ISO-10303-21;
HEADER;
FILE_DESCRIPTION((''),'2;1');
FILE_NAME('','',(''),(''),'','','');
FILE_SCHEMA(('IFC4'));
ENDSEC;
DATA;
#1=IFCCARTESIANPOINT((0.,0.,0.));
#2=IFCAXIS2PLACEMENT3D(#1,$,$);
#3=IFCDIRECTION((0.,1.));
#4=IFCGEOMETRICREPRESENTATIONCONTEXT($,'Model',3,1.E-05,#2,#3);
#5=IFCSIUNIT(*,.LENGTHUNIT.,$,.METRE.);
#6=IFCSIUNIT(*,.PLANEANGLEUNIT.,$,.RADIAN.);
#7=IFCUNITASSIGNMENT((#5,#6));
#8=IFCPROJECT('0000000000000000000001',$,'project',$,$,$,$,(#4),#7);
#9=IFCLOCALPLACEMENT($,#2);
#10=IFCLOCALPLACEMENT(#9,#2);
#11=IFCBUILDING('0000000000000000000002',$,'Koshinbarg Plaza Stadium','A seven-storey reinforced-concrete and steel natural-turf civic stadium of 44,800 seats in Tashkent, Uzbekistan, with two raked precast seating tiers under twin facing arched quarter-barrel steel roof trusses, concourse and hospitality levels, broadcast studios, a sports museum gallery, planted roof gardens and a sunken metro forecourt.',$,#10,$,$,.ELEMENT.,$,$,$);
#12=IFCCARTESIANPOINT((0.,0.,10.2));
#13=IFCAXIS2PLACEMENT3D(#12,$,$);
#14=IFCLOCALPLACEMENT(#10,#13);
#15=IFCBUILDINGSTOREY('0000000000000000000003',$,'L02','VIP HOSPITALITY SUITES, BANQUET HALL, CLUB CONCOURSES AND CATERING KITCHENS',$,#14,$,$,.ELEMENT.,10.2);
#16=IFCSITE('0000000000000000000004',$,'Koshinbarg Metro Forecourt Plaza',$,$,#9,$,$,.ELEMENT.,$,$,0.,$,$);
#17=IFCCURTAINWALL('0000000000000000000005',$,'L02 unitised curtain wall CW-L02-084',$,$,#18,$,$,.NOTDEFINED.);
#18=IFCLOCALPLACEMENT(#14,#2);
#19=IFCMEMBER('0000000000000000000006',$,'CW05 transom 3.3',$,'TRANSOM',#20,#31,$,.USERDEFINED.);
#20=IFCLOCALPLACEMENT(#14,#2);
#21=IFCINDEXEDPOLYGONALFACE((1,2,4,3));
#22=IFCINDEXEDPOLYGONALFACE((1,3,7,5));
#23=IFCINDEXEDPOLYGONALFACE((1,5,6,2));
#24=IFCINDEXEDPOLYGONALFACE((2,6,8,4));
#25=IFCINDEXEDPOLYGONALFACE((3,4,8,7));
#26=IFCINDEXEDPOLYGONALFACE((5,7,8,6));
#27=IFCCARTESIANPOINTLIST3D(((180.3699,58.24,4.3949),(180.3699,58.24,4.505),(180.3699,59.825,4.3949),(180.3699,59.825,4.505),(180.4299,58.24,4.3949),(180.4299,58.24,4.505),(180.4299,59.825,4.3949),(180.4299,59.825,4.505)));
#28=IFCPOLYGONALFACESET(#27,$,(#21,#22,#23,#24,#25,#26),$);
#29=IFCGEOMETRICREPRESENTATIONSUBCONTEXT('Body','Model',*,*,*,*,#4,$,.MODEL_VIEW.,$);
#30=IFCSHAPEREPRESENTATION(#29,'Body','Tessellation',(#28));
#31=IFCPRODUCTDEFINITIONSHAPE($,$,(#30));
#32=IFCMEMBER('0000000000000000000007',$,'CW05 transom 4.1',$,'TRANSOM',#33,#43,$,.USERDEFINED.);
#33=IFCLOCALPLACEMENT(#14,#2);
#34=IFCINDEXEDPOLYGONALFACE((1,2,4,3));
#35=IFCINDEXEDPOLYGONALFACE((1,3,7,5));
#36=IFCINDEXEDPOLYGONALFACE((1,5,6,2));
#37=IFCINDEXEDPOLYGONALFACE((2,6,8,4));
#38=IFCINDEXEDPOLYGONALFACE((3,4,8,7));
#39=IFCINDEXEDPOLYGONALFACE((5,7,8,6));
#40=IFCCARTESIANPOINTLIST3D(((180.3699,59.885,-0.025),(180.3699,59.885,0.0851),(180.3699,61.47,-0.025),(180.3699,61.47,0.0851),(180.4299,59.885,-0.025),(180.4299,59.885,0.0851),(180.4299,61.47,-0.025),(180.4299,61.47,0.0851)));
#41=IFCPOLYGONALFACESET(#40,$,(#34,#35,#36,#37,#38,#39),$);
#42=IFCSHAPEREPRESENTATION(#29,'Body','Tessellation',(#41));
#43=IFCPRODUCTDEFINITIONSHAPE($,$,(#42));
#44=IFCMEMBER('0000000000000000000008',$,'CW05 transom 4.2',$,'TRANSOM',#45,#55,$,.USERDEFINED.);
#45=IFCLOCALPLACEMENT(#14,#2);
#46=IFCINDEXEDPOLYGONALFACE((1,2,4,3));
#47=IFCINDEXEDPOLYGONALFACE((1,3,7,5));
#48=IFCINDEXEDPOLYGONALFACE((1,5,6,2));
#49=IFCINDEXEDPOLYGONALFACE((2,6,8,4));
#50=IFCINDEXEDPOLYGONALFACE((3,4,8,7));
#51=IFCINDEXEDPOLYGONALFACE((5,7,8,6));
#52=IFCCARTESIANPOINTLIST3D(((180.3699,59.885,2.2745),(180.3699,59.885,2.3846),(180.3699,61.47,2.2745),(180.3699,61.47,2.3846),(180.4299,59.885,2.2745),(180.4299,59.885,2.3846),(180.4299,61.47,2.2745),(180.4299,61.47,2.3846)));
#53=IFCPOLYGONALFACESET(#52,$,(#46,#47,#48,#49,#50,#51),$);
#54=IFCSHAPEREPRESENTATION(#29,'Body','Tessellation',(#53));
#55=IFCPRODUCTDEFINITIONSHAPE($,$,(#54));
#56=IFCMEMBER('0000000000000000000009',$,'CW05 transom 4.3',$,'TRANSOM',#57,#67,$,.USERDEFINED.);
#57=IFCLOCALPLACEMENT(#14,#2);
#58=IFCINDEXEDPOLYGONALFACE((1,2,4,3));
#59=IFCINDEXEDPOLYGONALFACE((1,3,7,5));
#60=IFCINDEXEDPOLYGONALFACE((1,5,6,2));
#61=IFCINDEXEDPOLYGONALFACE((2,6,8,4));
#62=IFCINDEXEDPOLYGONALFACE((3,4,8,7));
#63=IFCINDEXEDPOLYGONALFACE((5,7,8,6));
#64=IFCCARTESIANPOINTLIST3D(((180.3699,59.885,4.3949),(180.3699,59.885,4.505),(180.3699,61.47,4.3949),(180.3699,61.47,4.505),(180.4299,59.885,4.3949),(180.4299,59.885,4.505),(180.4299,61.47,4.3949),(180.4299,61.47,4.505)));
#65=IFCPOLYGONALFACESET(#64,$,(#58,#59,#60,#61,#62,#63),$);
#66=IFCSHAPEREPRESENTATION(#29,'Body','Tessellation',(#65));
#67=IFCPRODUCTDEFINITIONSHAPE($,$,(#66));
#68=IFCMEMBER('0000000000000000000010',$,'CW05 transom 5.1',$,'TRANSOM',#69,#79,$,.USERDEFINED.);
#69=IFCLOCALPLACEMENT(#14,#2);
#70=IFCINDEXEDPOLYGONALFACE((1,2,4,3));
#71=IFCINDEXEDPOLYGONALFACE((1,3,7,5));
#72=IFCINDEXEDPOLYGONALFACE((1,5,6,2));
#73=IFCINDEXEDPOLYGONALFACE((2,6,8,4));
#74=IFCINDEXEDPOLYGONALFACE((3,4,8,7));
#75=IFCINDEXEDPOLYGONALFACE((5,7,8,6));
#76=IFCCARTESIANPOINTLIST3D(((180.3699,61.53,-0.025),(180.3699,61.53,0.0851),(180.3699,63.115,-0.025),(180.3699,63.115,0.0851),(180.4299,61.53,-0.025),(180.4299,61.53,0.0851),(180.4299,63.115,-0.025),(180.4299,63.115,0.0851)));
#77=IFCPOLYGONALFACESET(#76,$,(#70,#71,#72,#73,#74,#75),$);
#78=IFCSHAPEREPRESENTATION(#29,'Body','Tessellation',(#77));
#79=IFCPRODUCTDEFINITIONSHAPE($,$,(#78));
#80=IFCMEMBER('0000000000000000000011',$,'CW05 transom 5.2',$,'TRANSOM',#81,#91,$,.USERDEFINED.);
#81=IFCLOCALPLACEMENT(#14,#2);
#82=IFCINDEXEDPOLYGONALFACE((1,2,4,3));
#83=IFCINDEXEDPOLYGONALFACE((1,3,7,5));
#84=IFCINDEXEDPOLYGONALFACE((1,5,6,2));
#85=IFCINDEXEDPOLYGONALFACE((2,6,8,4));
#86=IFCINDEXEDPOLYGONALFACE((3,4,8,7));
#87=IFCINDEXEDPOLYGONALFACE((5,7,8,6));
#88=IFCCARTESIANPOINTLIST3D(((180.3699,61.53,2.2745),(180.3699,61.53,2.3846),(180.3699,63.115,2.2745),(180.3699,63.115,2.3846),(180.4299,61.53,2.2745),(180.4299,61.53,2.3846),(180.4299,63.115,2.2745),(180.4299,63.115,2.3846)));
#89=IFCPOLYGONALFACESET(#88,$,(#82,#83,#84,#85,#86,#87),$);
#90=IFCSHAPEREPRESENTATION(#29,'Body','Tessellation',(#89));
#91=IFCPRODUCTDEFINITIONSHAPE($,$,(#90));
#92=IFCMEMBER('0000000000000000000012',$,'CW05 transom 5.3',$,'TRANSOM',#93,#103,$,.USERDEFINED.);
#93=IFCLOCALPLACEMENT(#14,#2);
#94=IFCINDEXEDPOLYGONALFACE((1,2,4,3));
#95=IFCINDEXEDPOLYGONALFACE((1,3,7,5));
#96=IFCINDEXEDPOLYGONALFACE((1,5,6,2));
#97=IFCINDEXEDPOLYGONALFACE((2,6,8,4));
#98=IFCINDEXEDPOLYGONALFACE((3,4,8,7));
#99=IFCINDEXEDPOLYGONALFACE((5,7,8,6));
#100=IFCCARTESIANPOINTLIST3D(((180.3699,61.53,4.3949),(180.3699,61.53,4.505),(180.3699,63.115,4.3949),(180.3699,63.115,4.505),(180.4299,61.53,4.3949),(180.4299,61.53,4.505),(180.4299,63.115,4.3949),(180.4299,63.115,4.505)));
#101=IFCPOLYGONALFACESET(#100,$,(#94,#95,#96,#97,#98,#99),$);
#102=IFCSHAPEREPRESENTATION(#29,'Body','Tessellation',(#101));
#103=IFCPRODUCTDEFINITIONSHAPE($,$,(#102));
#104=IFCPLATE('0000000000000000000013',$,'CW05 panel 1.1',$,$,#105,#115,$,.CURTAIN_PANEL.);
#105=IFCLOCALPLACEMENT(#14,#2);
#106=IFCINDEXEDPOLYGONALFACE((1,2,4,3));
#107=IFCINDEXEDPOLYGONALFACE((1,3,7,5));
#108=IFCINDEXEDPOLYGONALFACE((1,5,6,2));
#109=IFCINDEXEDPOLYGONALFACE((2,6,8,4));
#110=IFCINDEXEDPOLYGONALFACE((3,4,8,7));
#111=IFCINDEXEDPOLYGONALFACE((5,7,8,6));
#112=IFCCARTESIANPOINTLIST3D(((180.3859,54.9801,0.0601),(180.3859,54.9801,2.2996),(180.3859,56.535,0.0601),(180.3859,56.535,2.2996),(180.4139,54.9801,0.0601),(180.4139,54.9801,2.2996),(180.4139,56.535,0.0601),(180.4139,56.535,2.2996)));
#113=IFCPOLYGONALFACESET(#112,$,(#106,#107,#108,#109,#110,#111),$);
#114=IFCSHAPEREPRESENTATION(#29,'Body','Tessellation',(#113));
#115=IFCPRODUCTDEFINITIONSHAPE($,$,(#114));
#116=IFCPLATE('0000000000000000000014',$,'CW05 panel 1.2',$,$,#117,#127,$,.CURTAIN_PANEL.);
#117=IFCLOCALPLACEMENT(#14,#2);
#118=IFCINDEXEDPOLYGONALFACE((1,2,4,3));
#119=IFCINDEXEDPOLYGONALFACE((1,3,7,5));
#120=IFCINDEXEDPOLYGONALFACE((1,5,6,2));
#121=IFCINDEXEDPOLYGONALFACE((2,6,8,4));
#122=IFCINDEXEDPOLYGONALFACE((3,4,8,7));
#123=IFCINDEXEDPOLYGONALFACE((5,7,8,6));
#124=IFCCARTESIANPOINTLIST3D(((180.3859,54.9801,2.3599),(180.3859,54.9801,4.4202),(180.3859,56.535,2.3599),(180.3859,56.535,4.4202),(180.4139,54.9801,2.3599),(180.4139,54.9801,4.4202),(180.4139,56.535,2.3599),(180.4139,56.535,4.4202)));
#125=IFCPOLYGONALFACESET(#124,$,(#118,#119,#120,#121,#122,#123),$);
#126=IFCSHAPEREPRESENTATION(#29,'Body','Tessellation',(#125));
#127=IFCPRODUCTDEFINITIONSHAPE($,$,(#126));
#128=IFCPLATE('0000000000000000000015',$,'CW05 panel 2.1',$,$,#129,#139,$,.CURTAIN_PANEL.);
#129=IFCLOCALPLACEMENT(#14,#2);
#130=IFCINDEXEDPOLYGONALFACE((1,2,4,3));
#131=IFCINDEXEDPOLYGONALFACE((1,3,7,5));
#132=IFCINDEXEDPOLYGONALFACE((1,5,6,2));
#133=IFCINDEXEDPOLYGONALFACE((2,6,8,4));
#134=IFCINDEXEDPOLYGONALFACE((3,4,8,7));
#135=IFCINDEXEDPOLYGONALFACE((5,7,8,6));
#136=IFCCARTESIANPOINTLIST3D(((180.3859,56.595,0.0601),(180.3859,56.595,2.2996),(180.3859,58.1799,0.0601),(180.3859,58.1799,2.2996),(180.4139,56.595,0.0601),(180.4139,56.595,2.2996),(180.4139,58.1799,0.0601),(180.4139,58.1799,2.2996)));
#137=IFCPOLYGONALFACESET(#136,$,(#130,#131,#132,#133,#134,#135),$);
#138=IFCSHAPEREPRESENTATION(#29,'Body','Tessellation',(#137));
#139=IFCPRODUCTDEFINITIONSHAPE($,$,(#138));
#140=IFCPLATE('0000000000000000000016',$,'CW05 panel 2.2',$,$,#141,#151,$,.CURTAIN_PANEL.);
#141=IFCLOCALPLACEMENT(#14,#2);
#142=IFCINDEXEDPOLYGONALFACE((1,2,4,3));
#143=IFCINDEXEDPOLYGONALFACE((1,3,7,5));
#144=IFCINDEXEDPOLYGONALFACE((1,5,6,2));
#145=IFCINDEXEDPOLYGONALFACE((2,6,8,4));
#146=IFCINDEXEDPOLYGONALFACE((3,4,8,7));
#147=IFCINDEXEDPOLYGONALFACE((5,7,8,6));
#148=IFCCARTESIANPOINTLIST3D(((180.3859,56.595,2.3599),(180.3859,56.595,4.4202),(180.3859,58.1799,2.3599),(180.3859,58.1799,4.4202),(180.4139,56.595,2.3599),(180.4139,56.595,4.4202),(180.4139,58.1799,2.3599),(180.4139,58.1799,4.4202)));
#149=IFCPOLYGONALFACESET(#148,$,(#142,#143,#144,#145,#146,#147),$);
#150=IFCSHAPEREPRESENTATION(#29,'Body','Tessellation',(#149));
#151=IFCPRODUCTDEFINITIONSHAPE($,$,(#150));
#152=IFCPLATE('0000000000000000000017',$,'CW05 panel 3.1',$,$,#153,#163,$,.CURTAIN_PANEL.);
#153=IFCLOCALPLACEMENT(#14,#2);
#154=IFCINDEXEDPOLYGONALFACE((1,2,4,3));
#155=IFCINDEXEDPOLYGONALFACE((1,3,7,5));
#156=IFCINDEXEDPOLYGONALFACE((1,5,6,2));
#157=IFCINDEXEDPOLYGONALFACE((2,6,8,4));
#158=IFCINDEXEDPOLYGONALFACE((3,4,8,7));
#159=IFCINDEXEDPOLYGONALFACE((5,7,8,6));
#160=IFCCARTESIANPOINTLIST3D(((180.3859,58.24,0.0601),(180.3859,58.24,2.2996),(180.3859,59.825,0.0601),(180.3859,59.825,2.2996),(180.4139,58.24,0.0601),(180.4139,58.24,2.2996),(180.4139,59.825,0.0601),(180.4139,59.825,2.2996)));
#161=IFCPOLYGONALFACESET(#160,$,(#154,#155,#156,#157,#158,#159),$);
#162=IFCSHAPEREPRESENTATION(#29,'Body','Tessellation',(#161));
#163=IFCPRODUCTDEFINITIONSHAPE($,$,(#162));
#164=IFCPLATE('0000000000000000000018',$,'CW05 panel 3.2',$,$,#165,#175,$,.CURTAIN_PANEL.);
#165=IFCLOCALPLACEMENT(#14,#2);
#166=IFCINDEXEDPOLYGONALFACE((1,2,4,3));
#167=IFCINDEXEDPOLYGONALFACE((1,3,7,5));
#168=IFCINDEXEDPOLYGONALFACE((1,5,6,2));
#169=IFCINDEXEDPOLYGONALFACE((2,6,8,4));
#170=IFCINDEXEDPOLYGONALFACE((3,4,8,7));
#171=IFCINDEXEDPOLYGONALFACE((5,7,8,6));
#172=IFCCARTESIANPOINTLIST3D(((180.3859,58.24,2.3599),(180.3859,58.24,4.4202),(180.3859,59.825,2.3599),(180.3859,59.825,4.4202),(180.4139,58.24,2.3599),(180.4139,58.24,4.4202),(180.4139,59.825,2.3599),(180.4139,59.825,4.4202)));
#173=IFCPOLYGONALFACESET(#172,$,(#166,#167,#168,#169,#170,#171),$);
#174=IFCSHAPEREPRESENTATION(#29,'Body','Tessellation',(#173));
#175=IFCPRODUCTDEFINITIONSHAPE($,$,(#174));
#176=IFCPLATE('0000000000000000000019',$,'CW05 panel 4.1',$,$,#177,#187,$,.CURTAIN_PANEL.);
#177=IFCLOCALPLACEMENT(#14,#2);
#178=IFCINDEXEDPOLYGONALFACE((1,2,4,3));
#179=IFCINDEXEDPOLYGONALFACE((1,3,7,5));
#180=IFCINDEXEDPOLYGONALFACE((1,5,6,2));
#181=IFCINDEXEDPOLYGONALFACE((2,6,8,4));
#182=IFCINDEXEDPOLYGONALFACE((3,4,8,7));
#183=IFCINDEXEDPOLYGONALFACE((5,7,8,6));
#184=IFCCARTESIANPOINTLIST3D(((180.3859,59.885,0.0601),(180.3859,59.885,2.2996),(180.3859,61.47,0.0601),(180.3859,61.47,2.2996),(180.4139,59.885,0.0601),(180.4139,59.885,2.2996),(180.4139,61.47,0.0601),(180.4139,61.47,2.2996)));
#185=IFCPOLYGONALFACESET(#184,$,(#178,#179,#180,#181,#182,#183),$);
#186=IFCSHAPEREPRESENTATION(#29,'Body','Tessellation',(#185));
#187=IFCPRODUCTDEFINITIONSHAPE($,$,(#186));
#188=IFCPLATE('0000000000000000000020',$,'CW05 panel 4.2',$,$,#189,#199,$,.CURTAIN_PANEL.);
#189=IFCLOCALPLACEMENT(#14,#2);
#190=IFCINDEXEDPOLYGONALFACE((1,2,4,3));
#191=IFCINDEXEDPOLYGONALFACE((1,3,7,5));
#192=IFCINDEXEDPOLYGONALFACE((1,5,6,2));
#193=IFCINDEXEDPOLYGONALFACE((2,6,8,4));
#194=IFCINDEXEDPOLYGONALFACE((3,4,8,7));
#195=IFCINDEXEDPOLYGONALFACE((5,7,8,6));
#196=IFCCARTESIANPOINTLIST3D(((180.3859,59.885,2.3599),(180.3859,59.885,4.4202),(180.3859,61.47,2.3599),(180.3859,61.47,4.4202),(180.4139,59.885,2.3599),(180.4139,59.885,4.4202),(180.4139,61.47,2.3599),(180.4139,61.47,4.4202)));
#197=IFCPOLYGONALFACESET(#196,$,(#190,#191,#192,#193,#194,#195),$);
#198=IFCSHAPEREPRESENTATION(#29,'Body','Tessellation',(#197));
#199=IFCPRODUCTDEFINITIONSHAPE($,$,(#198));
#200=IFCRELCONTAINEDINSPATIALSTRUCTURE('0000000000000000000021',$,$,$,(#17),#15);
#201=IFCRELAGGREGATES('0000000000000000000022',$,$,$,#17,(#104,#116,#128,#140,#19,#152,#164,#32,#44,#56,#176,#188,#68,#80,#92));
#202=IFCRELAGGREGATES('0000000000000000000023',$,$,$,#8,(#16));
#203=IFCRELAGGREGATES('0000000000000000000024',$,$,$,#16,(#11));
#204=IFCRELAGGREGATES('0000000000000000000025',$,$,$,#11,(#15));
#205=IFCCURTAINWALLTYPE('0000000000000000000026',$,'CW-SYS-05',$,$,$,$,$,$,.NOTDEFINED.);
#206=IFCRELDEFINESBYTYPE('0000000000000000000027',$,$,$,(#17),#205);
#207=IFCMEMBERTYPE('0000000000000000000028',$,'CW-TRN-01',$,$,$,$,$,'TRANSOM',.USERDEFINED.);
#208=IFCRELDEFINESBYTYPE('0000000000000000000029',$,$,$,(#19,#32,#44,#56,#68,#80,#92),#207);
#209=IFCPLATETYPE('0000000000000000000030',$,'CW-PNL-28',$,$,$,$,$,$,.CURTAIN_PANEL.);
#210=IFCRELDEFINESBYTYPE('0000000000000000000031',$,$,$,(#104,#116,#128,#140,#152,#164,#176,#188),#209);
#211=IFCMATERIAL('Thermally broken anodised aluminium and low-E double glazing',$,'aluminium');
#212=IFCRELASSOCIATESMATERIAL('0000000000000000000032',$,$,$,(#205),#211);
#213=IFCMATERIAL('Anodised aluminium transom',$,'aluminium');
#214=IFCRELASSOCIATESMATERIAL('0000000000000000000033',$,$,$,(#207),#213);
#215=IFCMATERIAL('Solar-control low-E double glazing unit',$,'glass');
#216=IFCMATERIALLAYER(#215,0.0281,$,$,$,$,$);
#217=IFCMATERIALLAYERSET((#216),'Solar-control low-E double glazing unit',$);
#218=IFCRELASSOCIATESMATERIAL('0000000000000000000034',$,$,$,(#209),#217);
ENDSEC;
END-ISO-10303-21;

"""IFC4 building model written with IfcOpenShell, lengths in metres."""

from ifc_helpers import new_model, si_unit, direction, frame, origin, origin_2d, place, context, subcontext, project, spatial, rectangle, extrude, material, layer, layer_set, material_profile, profile_set, type_object, element, aggregate, save


model = new_model("IFC4")

# Units and contexts
model_context = context("Model", 3, precision=1e-05, world=origin(), true_north=direction((0.0, 1.0)))
body_context = subcontext(model_context, "Body", "Model", "MODEL_VIEW")
ifc_project = project(units=[si_unit("LENGTHUNIT", "METRE"), si_unit("PLANEANGLEUNIT", "RADIAN")], contexts=[model_context])

# Site, building, storey
site_placement = place(None, origin())
site = spatial("IfcSite", under=ifc_project, at=site_placement, Name="Koshinbarg Metro Forecourt Plaza", CompositionType="ELEMENT", RefElevation=0.0)
building_placement = place(site_placement, origin())
building = spatial("IfcBuilding", under=site, at=building_placement, Name="Koshinbarg Plaza Stadium", Description="A seven-storey reinforced-concrete and steel natural-turf civic stadium of 44,800 seats in Tashkent, Uzbekistan, with two raked precast seating tiers under twin facing arched quarter-barrel steel roof trusses, concourse and hospitality levels, broadcast studios, a sports museum gallery, planted roof gardens and a sunken metro forecourt.", CompositionType="ELEMENT")
storey_placement = place(building_placement, frame((0.0, 0.0, 10.2)))
storey = spatial("IfcBuildingStorey", under=building, at=storey_placement, Name="L02", Description="VIP HOSPITALITY SUITES, BANQUET HALL, CLUB CONCOURSES AND CATERING KITCHENS", CompositionType="ELEMENT", Elevation=10.2)

# Curtain wall, members, plates
ifc_material_1 = material(Name="Thermally broken anodised aluminium and low-E double glazing", Category="aluminium")
curtain_wall_type = type_object("IfcCurtainWallType", Name="CW-SYS-05", PredefinedType="NOTDEFINED", material=ifc_material_1)
curtain_wall_placement = place(storey_placement, origin())
curtain_wall = element("IfcCurtainWall", 1, at=curtain_wall_placement, inside=storey, type_object=curtain_wall_type, Name="L02 unitised curtain wall CW-L02-084", PredefinedType="NOTDEFINED")
ifc_material_2 = material(Name="Anodised aluminium transom", Category="aluminium")
ifc_material_profile_1 = material_profile(ifc_material_2, rectangle(XDim=0.0601, YDim=0.1101, at=origin_2d()), Name="ALU 60x110")
ifc_profile_set_1 = profile_set([ifc_material_profile_1], Name="Anodised aluminium transom")
member_type_1 = type_object("IfcMemberType", Name="CW-TRN-01", ElementType="TRANSOM", PredefinedType="USERDEFINED", material=ifc_profile_set_1)
member_1_placement = place(storey_placement, frame((180.3999, 58.24, 4.45), z_axis=(0.0, 1.0, 0.0), x_axis=(-1.0, 0.0, 0.0)))
member_1 = element("IfcMember", 2, at=member_1_placement, type_object=member_type_1, Name="CW05 transom 3.3", ObjectType="TRANSOM", PredefinedType="USERDEFINED", context=body_context, shape_type="SweptSolid", body=[
    extrude(rectangle(XDim=0.0601, YDim=0.1101, at=origin_2d()), origin(), (0.0, 0.0, 1.0), 1.585),
])
member_2_placement = place(storey_placement, frame((180.3999, 59.885, 0.03), z_axis=(0.0, 1.0, 0.0), x_axis=(-1.0, 0.0, 0.0)))
member_2 = element("IfcMember", 3, at=member_2_placement, type_object=member_type_1, Name="CW05 transom 4.1", ObjectType="TRANSOM", PredefinedType="USERDEFINED", context=body_context, shape_type="SweptSolid", body=[
    extrude(rectangle(XDim=0.0601, YDim=0.1101, at=origin_2d()), origin(), (0.0, 0.0, 1.0), 1.585),
])
member_3_placement = place(storey_placement, frame((180.3999, 59.885, 2.3296), z_axis=(0.0, 1.0, 0.0), x_axis=(-1.0, 0.0, 0.0)))
member_3 = element("IfcMember", 4, at=member_3_placement, type_object=member_type_1, Name="CW05 transom 4.2", ObjectType="TRANSOM", PredefinedType="USERDEFINED", context=body_context, shape_type="SweptSolid", body=[
    extrude(rectangle(XDim=0.0601, YDim=0.1101, at=origin_2d()), origin(), (0.0, 0.0, 1.0), 1.585),
])
member_4_placement = place(storey_placement, frame((180.3999, 59.885, 4.45), z_axis=(0.0, 1.0, 0.0), x_axis=(-1.0, 0.0, 0.0)))
member_4 = element("IfcMember", 5, at=member_4_placement, type_object=member_type_1, Name="CW05 transom 4.3", ObjectType="TRANSOM", PredefinedType="USERDEFINED", context=body_context, shape_type="SweptSolid", body=[
    extrude(rectangle(XDim=0.0601, YDim=0.1101, at=origin_2d()), origin(), (0.0, 0.0, 1.0), 1.585),
])
member_5_placement = place(storey_placement, frame((180.3999, 61.53, 0.03), z_axis=(0.0, 1.0, 0.0), x_axis=(-1.0, 0.0, 0.0)))
member_5 = element("IfcMember", 6, at=member_5_placement, type_object=member_type_1, Name="CW05 transom 5.1", ObjectType="TRANSOM", PredefinedType="USERDEFINED", context=body_context, shape_type="SweptSolid", body=[
    extrude(rectangle(XDim=0.0601, YDim=0.1101, at=origin_2d()), origin(), (0.0, 0.0, 1.0), 1.585),
])
member_6_placement = place(storey_placement, frame((180.3999, 61.53, 2.3296), z_axis=(0.0, 1.0, 0.0), x_axis=(-1.0, 0.0, 0.0)))
member_6 = element("IfcMember", 7, at=member_6_placement, type_object=member_type_1, Name="CW05 transom 5.2", ObjectType="TRANSOM", PredefinedType="USERDEFINED", context=body_context, shape_type="SweptSolid", body=[
    extrude(rectangle(XDim=0.0601, YDim=0.1101, at=origin_2d()), origin(), (0.0, 0.0, 1.0), 1.585),
])
member_7_placement = place(storey_placement, frame((180.3999, 61.53, 4.45), z_axis=(0.0, 1.0, 0.0), x_axis=(-1.0, 0.0, 0.0)))
member_7 = element("IfcMember", 8, at=member_7_placement, type_object=member_type_1, Name="CW05 transom 5.3", ObjectType="TRANSOM", PredefinedType="USERDEFINED", context=body_context, shape_type="SweptSolid", body=[
    extrude(rectangle(XDim=0.0601, YDim=0.1101, at=origin_2d()), origin(), (0.0, 0.0, 1.0), 1.585),
])
ifc_material_3 = material(Name="Solar-control low-E double glazing unit", Category="glass")
ifc_layer_1 = layer(ifc_material_3, 0.0281)
ifc_layer_set_1 = layer_set([ifc_layer_1], Name="Solar-control low-E double glazing unit")
plate_type = type_object("IfcPlateType", Name="CW-PNL-28", PredefinedType="CURTAIN_PANEL", material=ifc_layer_set_1)
plate_1_placement = place(storey_placement, frame((180.3999, 55.7576, 0.0601), z_axis=(0.0, 0.0, 1.0), x_axis=(0.0, 1.0, 0.0)))
plate_1 = element("IfcPlate", 9, at=plate_1_placement, type_object=plate_type, Name="CW05 panel 1.1", PredefinedType="CURTAIN_PANEL", context=body_context, shape_type="SweptSolid", body=[
    extrude(rectangle(XDim=1.5549, YDim=0.0281, at=origin_2d()), origin(), (0.0, 0.0, 1.0), 2.2395),
])
plate_2_placement = place(storey_placement, frame((180.3999, 55.7576, 2.3599), z_axis=(0.0, 0.0, 1.0), x_axis=(0.0, 1.0, 0.0)))
plate_2 = element("IfcPlate", 10, at=plate_2_placement, type_object=plate_type, Name="CW05 panel 1.2", PredefinedType="CURTAIN_PANEL", context=body_context, shape_type="SweptSolid", body=[
    extrude(rectangle(XDim=1.5549, YDim=0.0281, at=origin_2d()), origin(), (0.0, 0.0, 1.0), 2.0603),
])
plate_3_placement = place(storey_placement, frame((180.3999, 57.3875, 0.0601), z_axis=(0.0, 0.0, 1.0), x_axis=(0.0, 1.0, 0.0)))
plate_3 = element("IfcPlate", 11, at=plate_3_placement, type_object=plate_type, Name="CW05 panel 2.1", PredefinedType="CURTAIN_PANEL", context=body_context, shape_type="SweptSolid", body=[
    extrude(rectangle(XDim=1.585, YDim=0.0281, at=origin_2d()), origin(), (0.0, 0.0, 1.0), 2.2395),
])
plate_4_placement = place(storey_placement, frame((180.3999, 57.3875, 2.3599), z_axis=(0.0, 0.0, 1.0), x_axis=(0.0, 1.0, 0.0)))
plate_4 = element("IfcPlate", 12, at=plate_4_placement, type_object=plate_type, Name="CW05 panel 2.2", PredefinedType="CURTAIN_PANEL", context=body_context, shape_type="SweptSolid", body=[
    extrude(rectangle(XDim=1.585, YDim=0.0281, at=origin_2d()), origin(), (0.0, 0.0, 1.0), 2.0603),
])
plate_5_placement = place(storey_placement, frame((180.3999, 59.0325, 0.0601), z_axis=(0.0, 0.0, 1.0), x_axis=(0.0, 1.0, 0.0)))
plate_5 = element("IfcPlate", 13, at=plate_5_placement, type_object=plate_type, Name="CW05 panel 3.1", PredefinedType="CURTAIN_PANEL", context=body_context, shape_type="SweptSolid", body=[
    extrude(rectangle(XDim=1.585, YDim=0.0281, at=origin_2d()), origin(), (0.0, 0.0, 1.0), 2.2395),
])
plate_6_placement = place(storey_placement, frame((180.3999, 59.0325, 2.3599), z_axis=(0.0, 0.0, 1.0), x_axis=(0.0, 1.0, 0.0)))
plate_6 = element("IfcPlate", 14, at=plate_6_placement, type_object=plate_type, Name="CW05 panel 3.2", PredefinedType="CURTAIN_PANEL", context=body_context, shape_type="SweptSolid", body=[
    extrude(rectangle(XDim=1.585, YDim=0.0281, at=origin_2d()), origin(), (0.0, 0.0, 1.0), 2.0603),
])
plate_7_placement = place(storey_placement, frame((180.3999, 60.6775, 0.0601), z_axis=(0.0, 0.0, 1.0), x_axis=(0.0, 1.0, 0.0)))
plate_7 = element("IfcPlate", 15, at=plate_7_placement, type_object=plate_type, Name="CW05 panel 4.1", PredefinedType="CURTAIN_PANEL", context=body_context, shape_type="SweptSolid", body=[
    extrude(rectangle(XDim=1.585, YDim=0.0281, at=origin_2d()), origin(), (0.0, 0.0, 1.0), 2.2395),
])
plate_8_placement = place(storey_placement, frame((180.3999, 60.6775, 2.3599), z_axis=(0.0, 0.0, 1.0), x_axis=(0.0, 1.0, 0.0)))
plate_8 = element("IfcPlate", 16, at=plate_8_placement, type_object=plate_type, Name="CW05 panel 4.2", PredefinedType="CURTAIN_PANEL", context=body_context, shape_type="SweptSolid", body=[
    extrude(rectangle(XDim=1.585, YDim=0.0281, at=origin_2d()), origin(), (0.0, 0.0, 1.0), 2.0603),
])
aggregate(curtain_wall, [plate_1, plate_2, plate_3, plate_4, member_1, plate_5, plate_6, member_2, member_3, member_4, plate_7, plate_8, member_5, member_6, member_7])

save(model, "model.ifc")
